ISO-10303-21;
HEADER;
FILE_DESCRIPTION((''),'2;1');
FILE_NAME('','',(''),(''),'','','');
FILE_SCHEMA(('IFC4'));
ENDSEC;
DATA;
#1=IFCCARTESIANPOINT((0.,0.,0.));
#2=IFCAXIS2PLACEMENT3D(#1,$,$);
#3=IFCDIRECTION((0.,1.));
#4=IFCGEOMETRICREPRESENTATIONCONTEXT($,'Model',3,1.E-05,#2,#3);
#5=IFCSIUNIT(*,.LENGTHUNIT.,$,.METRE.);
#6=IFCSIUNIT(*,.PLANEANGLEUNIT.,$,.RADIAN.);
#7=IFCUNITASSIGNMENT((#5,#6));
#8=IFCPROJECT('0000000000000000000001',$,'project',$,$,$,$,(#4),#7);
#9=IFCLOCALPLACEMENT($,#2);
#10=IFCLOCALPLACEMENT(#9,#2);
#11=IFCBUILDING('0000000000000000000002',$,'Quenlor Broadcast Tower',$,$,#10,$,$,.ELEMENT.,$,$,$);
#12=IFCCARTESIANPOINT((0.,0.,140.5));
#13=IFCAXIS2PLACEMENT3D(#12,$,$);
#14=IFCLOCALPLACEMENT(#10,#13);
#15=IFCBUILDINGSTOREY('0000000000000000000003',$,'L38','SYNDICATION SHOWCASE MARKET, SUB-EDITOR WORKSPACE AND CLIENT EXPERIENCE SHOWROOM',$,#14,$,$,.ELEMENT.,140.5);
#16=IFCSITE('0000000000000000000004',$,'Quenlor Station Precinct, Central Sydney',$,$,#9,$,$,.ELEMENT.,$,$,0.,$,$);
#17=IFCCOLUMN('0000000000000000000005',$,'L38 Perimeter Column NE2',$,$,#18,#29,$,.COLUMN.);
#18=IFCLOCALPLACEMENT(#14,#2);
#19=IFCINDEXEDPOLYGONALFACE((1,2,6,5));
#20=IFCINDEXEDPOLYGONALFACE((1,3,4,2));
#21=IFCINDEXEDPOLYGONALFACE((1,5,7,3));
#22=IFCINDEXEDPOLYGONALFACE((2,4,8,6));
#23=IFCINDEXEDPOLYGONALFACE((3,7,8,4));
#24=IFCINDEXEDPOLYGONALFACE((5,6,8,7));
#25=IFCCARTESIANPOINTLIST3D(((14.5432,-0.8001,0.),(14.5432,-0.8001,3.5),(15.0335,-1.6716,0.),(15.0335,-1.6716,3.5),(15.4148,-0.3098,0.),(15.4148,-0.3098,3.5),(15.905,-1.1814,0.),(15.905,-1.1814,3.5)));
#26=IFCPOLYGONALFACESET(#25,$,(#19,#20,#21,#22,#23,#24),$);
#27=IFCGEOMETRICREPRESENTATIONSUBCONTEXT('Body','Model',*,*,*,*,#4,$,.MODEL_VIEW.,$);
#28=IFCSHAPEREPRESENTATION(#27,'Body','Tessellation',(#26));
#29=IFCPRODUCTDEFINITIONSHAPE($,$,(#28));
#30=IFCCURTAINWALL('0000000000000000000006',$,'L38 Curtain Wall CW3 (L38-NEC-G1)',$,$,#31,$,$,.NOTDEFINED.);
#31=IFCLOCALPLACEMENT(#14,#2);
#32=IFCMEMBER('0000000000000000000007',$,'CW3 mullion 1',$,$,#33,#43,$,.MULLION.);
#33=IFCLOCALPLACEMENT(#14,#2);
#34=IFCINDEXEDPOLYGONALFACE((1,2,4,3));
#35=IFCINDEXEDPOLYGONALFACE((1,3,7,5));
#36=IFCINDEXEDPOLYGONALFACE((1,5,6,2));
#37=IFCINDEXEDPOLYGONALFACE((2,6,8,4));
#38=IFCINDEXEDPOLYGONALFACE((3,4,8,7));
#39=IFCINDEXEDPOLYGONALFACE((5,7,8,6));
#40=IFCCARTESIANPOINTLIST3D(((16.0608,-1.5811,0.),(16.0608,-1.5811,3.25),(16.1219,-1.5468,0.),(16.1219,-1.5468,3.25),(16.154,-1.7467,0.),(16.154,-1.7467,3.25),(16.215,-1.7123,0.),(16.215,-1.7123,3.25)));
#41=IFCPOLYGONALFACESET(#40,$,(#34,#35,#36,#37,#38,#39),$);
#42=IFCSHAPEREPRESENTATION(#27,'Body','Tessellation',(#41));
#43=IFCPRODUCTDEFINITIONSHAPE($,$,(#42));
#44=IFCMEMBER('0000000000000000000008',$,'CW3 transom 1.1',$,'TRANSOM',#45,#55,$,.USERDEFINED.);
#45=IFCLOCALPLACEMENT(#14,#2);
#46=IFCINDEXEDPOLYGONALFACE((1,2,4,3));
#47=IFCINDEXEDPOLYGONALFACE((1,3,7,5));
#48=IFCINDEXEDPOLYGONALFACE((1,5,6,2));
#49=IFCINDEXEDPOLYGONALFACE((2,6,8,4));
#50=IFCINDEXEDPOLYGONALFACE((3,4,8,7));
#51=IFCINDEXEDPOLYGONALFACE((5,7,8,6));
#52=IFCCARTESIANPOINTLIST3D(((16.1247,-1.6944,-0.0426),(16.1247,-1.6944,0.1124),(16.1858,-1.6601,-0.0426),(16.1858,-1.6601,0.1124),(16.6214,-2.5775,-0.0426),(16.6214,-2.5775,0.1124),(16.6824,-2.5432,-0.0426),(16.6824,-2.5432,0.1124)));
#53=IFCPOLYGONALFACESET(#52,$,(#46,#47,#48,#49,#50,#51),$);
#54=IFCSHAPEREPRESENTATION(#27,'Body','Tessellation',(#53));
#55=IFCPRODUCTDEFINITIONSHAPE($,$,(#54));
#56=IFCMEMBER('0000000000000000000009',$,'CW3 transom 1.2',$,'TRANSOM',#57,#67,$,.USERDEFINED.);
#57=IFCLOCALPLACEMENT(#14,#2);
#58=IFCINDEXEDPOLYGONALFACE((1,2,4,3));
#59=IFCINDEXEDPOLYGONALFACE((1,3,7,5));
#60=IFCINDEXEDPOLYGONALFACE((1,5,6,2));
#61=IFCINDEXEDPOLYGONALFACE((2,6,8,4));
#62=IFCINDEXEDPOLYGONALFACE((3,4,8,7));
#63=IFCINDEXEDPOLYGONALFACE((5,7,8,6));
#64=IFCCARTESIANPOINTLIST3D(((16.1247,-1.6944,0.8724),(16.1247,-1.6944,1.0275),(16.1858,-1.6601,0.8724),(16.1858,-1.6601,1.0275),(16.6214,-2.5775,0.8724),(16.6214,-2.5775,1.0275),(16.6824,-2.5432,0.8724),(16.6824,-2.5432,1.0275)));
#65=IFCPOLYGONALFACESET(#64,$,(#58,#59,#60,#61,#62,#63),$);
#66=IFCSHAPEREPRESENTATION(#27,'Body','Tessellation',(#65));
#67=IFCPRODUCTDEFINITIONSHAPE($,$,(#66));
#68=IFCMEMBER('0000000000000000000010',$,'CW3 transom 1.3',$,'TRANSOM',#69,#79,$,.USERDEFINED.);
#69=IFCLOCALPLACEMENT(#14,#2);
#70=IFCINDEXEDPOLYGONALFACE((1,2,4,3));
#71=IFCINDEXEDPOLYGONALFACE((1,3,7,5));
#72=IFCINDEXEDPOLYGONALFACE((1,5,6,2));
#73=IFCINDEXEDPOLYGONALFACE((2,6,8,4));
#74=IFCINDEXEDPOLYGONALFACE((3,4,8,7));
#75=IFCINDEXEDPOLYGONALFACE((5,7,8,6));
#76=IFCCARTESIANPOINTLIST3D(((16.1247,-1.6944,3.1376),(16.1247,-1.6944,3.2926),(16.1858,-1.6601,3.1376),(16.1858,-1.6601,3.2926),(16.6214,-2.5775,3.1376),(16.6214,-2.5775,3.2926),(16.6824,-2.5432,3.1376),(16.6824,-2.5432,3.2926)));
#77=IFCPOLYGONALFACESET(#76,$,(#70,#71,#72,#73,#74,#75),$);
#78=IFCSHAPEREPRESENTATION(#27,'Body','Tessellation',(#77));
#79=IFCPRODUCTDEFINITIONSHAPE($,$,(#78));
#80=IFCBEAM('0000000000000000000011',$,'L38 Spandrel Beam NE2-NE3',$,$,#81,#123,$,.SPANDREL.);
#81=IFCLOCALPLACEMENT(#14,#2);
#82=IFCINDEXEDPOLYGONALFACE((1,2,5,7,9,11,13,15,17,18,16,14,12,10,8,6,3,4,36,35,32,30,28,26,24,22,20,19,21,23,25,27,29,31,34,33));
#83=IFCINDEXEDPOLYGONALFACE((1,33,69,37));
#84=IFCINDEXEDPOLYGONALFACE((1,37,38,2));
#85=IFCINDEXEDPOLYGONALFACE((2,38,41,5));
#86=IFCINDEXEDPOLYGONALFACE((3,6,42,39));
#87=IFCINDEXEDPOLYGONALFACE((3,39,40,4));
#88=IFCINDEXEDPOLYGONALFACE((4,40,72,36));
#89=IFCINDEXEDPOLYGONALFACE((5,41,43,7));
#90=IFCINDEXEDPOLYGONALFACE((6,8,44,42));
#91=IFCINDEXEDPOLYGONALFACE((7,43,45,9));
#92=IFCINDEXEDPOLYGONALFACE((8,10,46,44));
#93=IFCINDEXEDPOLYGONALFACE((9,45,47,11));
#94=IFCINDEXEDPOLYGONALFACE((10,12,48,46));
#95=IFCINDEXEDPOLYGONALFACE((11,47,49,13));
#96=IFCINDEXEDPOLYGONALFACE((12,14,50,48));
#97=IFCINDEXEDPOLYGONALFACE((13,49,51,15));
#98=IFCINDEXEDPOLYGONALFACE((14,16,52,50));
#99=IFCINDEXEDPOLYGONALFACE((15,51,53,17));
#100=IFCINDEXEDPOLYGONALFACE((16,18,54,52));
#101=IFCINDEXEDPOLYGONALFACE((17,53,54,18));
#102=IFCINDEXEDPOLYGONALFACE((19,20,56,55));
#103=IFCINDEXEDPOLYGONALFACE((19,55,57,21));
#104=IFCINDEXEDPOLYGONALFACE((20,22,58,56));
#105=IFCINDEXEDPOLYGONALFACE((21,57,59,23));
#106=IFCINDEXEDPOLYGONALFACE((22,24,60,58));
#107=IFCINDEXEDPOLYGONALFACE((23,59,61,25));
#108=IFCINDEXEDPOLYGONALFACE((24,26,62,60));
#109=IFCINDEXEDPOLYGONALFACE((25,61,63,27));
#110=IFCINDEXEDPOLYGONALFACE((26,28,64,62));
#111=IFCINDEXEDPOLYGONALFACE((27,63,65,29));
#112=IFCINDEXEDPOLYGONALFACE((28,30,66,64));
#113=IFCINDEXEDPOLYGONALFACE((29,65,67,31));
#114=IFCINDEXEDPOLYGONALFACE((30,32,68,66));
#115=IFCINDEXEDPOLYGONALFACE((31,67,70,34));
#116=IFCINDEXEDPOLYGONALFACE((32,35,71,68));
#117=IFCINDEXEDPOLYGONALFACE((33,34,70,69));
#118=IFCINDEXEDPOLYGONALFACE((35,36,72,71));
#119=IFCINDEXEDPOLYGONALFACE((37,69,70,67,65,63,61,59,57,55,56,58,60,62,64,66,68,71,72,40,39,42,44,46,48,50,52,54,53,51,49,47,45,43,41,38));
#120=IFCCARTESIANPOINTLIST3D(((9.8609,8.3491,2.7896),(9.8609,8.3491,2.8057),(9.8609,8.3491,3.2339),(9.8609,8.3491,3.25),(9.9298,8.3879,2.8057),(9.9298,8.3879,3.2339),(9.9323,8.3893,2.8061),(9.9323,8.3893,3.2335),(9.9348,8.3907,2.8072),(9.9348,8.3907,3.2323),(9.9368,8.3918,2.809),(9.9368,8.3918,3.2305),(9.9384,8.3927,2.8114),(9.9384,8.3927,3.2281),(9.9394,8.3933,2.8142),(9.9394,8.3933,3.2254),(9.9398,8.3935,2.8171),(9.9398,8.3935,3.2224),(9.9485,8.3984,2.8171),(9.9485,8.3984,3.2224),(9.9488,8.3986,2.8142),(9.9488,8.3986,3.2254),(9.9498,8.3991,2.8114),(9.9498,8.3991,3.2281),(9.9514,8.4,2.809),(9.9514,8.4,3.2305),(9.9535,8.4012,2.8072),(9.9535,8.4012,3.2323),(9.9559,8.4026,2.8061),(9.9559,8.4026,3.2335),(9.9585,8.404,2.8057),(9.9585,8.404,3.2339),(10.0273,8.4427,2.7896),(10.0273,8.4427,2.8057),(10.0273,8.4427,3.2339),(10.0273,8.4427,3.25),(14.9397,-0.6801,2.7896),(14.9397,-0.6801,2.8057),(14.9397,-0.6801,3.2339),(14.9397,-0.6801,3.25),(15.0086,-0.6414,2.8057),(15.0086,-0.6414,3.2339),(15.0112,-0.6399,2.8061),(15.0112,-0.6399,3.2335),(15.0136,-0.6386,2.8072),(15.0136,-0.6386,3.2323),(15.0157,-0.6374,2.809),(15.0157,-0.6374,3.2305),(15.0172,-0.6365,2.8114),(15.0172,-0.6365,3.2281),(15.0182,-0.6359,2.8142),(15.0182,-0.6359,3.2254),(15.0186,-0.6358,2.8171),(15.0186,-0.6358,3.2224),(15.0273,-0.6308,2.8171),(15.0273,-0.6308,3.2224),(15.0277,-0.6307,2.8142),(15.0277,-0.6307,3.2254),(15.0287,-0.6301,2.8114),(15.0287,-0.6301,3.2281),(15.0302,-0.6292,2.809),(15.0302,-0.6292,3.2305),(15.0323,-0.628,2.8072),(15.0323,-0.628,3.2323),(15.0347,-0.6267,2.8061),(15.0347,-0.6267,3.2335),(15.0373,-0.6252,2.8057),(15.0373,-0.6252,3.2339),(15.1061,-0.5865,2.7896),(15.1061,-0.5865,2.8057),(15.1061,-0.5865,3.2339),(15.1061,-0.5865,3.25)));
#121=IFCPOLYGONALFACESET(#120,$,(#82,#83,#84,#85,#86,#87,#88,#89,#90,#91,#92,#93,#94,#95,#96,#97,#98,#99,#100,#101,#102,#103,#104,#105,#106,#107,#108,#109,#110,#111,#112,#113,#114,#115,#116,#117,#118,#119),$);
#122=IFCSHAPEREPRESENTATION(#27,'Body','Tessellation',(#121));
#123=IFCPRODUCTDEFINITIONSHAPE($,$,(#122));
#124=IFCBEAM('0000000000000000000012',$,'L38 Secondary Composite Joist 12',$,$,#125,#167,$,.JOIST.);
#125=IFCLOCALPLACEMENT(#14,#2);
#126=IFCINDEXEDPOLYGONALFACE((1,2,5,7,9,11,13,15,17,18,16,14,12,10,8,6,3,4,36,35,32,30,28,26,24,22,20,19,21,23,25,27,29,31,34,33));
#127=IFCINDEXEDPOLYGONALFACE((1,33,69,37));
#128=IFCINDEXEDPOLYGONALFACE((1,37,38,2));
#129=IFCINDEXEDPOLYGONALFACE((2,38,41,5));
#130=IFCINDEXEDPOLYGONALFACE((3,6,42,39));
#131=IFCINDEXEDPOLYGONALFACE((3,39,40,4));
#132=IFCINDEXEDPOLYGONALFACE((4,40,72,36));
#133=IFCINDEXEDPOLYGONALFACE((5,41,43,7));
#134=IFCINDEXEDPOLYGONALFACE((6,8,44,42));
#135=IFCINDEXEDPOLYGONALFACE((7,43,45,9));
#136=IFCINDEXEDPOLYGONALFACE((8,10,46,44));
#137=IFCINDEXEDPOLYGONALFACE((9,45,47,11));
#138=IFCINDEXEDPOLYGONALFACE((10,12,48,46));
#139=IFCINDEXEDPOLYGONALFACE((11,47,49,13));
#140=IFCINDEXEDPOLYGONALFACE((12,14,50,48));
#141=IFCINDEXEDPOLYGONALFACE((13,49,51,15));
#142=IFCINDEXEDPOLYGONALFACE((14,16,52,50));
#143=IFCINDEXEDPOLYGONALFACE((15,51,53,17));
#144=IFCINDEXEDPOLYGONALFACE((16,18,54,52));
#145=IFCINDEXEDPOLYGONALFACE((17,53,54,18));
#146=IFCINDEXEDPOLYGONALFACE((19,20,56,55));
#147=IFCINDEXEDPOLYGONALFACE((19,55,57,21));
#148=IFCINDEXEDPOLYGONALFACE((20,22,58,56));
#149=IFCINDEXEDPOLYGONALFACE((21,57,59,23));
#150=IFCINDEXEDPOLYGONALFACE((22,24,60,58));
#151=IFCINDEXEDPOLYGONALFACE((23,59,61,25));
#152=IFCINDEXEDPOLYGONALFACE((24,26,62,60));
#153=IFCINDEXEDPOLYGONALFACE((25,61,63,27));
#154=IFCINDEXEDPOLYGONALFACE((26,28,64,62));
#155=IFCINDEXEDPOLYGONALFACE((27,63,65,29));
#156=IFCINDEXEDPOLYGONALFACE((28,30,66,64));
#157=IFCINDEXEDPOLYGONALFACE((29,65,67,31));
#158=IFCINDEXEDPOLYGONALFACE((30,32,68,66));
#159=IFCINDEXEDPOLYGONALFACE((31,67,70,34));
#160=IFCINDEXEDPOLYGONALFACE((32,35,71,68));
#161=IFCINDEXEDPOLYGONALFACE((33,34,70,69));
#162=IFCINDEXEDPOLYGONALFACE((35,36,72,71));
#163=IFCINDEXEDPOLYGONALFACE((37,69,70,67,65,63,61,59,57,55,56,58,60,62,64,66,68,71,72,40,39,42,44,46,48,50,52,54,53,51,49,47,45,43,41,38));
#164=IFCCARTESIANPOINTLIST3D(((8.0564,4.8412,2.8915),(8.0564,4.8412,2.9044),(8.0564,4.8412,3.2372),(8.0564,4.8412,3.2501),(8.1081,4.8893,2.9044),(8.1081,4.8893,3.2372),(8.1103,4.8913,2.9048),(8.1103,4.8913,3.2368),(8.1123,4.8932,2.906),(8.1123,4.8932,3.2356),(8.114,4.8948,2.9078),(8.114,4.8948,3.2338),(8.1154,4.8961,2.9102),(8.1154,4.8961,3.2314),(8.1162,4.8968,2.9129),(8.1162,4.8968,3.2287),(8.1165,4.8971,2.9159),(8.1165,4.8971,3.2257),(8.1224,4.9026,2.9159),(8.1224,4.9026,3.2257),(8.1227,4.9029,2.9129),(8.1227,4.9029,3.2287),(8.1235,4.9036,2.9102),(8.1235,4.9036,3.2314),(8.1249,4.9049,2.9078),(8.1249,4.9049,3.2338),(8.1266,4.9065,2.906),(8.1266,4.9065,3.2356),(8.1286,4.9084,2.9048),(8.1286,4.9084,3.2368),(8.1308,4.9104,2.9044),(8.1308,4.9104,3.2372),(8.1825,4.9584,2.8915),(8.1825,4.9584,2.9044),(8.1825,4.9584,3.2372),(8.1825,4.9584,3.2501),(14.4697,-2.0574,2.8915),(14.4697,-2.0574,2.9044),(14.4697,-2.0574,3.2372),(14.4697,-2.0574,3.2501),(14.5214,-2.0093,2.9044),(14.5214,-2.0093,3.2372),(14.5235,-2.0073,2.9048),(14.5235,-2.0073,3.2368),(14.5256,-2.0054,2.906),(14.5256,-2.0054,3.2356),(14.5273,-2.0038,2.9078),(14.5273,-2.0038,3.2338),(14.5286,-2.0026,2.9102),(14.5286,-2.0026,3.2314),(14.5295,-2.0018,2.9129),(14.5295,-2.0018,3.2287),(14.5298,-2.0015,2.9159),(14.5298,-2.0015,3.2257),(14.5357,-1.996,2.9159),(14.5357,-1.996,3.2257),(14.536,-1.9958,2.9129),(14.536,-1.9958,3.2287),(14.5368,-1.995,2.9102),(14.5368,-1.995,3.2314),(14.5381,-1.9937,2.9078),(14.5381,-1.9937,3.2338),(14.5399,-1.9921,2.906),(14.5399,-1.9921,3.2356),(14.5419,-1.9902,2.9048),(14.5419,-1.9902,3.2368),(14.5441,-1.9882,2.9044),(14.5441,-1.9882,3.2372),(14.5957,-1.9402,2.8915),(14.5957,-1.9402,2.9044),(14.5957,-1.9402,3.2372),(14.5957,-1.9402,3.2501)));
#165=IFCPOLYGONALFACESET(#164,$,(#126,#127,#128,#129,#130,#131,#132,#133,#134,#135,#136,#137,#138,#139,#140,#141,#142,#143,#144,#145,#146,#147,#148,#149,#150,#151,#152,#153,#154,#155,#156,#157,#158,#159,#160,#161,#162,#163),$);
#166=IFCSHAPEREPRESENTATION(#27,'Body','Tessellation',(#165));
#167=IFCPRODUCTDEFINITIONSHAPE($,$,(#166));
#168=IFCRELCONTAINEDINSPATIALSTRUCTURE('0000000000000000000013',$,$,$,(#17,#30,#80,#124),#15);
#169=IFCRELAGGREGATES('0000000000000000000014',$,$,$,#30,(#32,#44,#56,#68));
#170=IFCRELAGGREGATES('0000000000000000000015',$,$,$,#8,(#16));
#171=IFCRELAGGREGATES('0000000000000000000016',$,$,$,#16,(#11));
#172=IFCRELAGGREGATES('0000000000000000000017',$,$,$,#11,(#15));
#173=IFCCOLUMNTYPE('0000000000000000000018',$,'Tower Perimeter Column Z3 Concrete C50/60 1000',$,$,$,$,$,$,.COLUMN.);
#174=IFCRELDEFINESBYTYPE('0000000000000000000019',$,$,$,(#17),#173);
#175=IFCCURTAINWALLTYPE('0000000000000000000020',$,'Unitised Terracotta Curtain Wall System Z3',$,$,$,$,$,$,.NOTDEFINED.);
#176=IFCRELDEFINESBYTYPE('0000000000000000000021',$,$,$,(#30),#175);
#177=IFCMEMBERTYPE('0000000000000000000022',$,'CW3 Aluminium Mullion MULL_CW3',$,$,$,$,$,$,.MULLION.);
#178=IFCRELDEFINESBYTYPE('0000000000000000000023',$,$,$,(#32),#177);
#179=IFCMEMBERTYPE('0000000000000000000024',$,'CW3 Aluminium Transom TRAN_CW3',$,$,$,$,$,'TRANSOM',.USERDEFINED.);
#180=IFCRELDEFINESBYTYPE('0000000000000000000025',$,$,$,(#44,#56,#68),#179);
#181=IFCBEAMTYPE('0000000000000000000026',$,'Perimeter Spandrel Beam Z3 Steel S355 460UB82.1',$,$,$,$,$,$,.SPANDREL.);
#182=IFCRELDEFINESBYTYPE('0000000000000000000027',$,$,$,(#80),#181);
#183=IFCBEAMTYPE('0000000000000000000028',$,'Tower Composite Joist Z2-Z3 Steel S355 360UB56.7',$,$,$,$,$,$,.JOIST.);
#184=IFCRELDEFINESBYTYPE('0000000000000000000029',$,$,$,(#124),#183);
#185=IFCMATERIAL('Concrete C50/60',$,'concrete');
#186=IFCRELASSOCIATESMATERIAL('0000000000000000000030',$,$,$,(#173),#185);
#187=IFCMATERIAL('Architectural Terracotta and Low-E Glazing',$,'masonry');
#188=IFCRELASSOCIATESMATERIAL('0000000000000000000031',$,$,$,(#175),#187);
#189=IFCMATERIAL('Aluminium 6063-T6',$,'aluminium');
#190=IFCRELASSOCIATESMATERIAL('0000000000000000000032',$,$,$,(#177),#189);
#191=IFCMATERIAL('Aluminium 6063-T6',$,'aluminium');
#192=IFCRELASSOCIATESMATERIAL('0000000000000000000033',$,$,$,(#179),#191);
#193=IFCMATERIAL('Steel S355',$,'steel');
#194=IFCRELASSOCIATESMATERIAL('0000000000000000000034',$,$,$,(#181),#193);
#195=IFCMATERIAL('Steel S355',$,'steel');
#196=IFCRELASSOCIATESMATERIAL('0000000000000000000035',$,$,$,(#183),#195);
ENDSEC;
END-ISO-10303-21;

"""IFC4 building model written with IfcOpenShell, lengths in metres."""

from ifc_helpers import new_model, si_unit, direction, frame, origin, origin_2d, place, context, subcontext, project, spatial, rectangle, i_section, extrude, material, material_profile, profile_set, type_object, element, aggregate, save


model = new_model("IFC4")

# Units and contexts
model_context = context("Model", 3, precision=1e-05, world=origin(), true_north=direction((0.0, 1.0)))
body_context = subcontext(model_context, "Body", "Model", "MODEL_VIEW")
ifc_project = project(units=[si_unit("LENGTHUNIT", "METRE"), si_unit("PLANEANGLEUNIT", "RADIAN")], contexts=[model_context])

# Site, building, storey
site_placement = place(None, origin())
site = spatial("IfcSite", under=ifc_project, at=site_placement, Name="Quenlor Station Precinct, Central Sydney", CompositionType="ELEMENT", RefElevation=0.0)
building_placement = place(site_placement, origin())
building = spatial("IfcBuilding", under=site, at=building_placement, Name="Quenlor Broadcast Tower", CompositionType="ELEMENT")
storey_placement = place(building_placement, frame((0.0, 0.0, 140.5)))
storey = spatial("IfcBuildingStorey", under=building, at=storey_placement, Name="L38", Description="SYNDICATION SHOWCASE MARKET, SUB-EDITOR WORKSPACE AND CLIENT EXPERIENCE SHOWROOM", CompositionType="ELEMENT", Elevation=140.5)

# Column
ifc_material_1 = material(Name="Concrete C50/60", Category="concrete")
ifc_material_profile_1 = material_profile(ifc_material_1, rectangle(XDim=1.0, YDim=1.0, at=origin_2d()))
ifc_profile_set_1 = profile_set([ifc_material_profile_1], Name="Concrete C50/60 RC1000x1000")
column_type = type_object("IfcColumnType", Name="Tower Perimeter Column Z3 Concrete C50/60 1000", PredefinedType="COLUMN", material=ifc_profile_set_1)
column_placement = place(storey_placement, frame((15.2241, -0.9907, 0.0), z_axis=(0.0, 0.0, 1.0), x_axis=(0.871575, 0.490262, 0.0)))
element("IfcColumn", 1, at=column_placement, inside=storey, type_object=column_type, Name="L38 Perimeter Column NE2", PredefinedType="COLUMN", context=body_context, shape_type="SweptSolid", body=[
    extrude(rectangle(XDim=1.0, YDim=1.0, at=origin_2d()), origin(), (0.0, 0.0, 1.0), 3.5),
])

# Curtain wall, members
ifc_material_2 = material(Name="Architectural Terracotta and Low-E Glazing", Category="masonry")
curtain_wall_type = type_object("IfcCurtainWallType", Name="Unitised Terracotta Curtain Wall System Z3", PredefinedType="NOTDEFINED", material=ifc_material_2)
curtain_wall_placement = place(storey_placement, origin())
curtain_wall = element("IfcCurtainWall", 2, at=curtain_wall_placement, inside=storey, type_object=curtain_wall_type, Name="L38 Curtain Wall CW3 (L38-NEC-G1)", PredefinedType="NOTDEFINED")
ifc_material_3 = material(Name="Aluminium 6063-T6", Category="aluminium")
ifc_material_profile_2 = material_profile(ifc_material_3, rectangle(XDim=0.0701, YDim=0.1899, at=origin_2d()))
ifc_profile_set_2 = profile_set([ifc_material_profile_2], Name="Aluminium 6063-T6 MULL70x190")
member_type_1 = type_object("IfcMemberType", Name="CW3 Aluminium Mullion MULL_CW3", PredefinedType="MULLION", material=ifc_profile_set_2)
member_1_placement = place(storey_placement, frame((16.1379, -1.6467, 0.0), z_axis=(0.0, 0.0, 1.0), x_axis=(0.87158, 0.490253, 0.0)))
member_1 = element("IfcMember", 3, at=member_1_placement, type_object=member_type_1, Name="CW3 mullion 1", PredefinedType="MULLION", context=body_context, shape_type="SweptSolid", body=[
    extrude(rectangle(XDim=0.0701, YDim=0.1899, at=origin_2d()), origin(), (0.0, 0.0, 1.0), 3.25),
])
ifc_material_4 = material(Name="Aluminium 6063-T6", Category="aluminium")
ifc_material_profile_3 = material_profile(ifc_material_4, rectangle(XDim=0.0701, YDim=0.155, at=origin_2d()))
ifc_profile_set_3 = profile_set([ifc_material_profile_3], Name="Aluminium 6063-T6 TRAN70x155")
member_type_2 = type_object("IfcMemberType", Name="CW3 Aluminium Transom TRAN_CW3", ElementType="TRANSOM", PredefinedType="USERDEFINED", material=ifc_profile_set_3)
member_2_placement = place(storey_placement, frame((16.1553, -1.6772, 0.0349), z_axis=(0.490158, -0.871633, 0.0), x_axis=(0.871633, 0.490158, 0.0)))
member_2 = element("IfcMember", 4, at=member_2_placement, type_object=member_type_2, Name="CW3 transom 1.1", ObjectType="TRANSOM", PredefinedType="USERDEFINED", context=body_context, shape_type="SweptSolid", body=[
    extrude(rectangle(XDim=0.0701, YDim=0.155, at=origin_2d()), origin(), (0.0, 0.0, 1.0), 1.0132),
])
member_3_placement = place(storey_placement, frame((16.1553, -1.6772, 0.95), z_axis=(0.490158, -0.871633, 0.0), x_axis=(0.871633, 0.490158, 0.0)))
member_3 = element("IfcMember", 5, at=member_3_placement, type_object=member_type_2, Name="CW3 transom 1.2", ObjectType="TRANSOM", PredefinedType="USERDEFINED", context=body_context, shape_type="SweptSolid", body=[
    extrude(rectangle(XDim=0.0701, YDim=0.155, at=origin_2d()), origin(), (0.0, 0.0, 1.0), 1.0132),
])
member_4_placement = place(storey_placement, frame((16.1553, -1.6772, 3.2151), z_axis=(0.490158, -0.871633, 0.0), x_axis=(0.871633, 0.490158, 0.0)))
member_4 = element("IfcMember", 6, at=member_4_placement, type_object=member_type_2, Name="CW3 transom 1.3", ObjectType="TRANSOM", PredefinedType="USERDEFINED", context=body_context, shape_type="SweptSolid", body=[
    extrude(rectangle(XDim=0.0701, YDim=0.155, at=origin_2d()), origin(), (0.0, 0.0, 1.0), 1.0132),
])

# Beams
ifc_material_5 = material(Name="Steel S355", Category="steel")
ifc_material_profile_4 = material_profile(ifc_material_5, i_section(OverallWidth=0.1909, OverallDepth=0.4604, WebThickness=0.01, FlangeThickness=0.0161, FilletRadius=0.0115, at=origin_2d()))
ifc_profile_set_4 = profile_set([ifc_material_profile_4], Name="Steel S355 460UB82.1")
beam_type_1 = type_object("IfcBeamType", Name="Perimeter Spandrel Beam Z3 Steel S355 460UB82.1", PredefinedType="SPANDREL", material=ifc_profile_set_4)
beam_1_placement = place(storey_placement, frame((15.0229, -0.6333, 3.0198), z_axis=(-0.490252, 0.871581, 0.0), x_axis=(-0.871581, -0.490252, 0.0)))
element("IfcBeam", 7, at=beam_1_placement, inside=storey, type_object=beam_type_1, Name="L38 Spandrel Beam NE2-NE3", PredefinedType="SPANDREL", context=body_context, shape_type="SweptSolid", body=[
    extrude(i_section(OverallWidth=0.1909, OverallDepth=0.4604, WebThickness=0.01, FlangeThickness=0.0161, FilletRadius=0.0115, at=origin_2d()), origin(), (0.0, 0.0, 1.0), 10.3596),
])
ifc_material_6 = material(Name="Steel S355", Category="steel")
ifc_material_profile_5 = material_profile(ifc_material_6, i_section(OverallWidth=0.1721, OverallDepth=0.3586, WebThickness=0.0081, FlangeThickness=0.0129, FilletRadius=0.0115, at=origin_2d()))
ifc_profile_set_5 = profile_set([ifc_material_profile_5], Name="Steel S355 360UB56.7")
beam_type_2 = type_object("IfcBeamType", Name="Tower Composite Joist Z2-Z3 Steel S355 360UB56.7", PredefinedType="JOIST", material=ifc_profile_set_5)
beam_2_placement = place(storey_placement, frame((14.5327, -1.9988, 3.0708), z_axis=(-0.680874, 0.732401, 0.0), x_axis=(-0.732401, -0.680874, 0.0)))
element("IfcBeam", 8, at=beam_2_placement, inside=storey, type_object=beam_type_2, Name="L38 Secondary Composite Joist 12", PredefinedType="JOIST", context=body_context, shape_type="SweptSolid", body=[
    extrude(i_section(OverallWidth=0.1721, OverallDepth=0.3586, WebThickness=0.0081, FlangeThickness=0.0129, FilletRadius=0.0115, at=origin_2d()), origin(), (0.0, 0.0, 1.0), 9.4192),
])

aggregate(curtain_wall, [member_1, member_2, member_3, member_4])

save(model, "model.ifc")
